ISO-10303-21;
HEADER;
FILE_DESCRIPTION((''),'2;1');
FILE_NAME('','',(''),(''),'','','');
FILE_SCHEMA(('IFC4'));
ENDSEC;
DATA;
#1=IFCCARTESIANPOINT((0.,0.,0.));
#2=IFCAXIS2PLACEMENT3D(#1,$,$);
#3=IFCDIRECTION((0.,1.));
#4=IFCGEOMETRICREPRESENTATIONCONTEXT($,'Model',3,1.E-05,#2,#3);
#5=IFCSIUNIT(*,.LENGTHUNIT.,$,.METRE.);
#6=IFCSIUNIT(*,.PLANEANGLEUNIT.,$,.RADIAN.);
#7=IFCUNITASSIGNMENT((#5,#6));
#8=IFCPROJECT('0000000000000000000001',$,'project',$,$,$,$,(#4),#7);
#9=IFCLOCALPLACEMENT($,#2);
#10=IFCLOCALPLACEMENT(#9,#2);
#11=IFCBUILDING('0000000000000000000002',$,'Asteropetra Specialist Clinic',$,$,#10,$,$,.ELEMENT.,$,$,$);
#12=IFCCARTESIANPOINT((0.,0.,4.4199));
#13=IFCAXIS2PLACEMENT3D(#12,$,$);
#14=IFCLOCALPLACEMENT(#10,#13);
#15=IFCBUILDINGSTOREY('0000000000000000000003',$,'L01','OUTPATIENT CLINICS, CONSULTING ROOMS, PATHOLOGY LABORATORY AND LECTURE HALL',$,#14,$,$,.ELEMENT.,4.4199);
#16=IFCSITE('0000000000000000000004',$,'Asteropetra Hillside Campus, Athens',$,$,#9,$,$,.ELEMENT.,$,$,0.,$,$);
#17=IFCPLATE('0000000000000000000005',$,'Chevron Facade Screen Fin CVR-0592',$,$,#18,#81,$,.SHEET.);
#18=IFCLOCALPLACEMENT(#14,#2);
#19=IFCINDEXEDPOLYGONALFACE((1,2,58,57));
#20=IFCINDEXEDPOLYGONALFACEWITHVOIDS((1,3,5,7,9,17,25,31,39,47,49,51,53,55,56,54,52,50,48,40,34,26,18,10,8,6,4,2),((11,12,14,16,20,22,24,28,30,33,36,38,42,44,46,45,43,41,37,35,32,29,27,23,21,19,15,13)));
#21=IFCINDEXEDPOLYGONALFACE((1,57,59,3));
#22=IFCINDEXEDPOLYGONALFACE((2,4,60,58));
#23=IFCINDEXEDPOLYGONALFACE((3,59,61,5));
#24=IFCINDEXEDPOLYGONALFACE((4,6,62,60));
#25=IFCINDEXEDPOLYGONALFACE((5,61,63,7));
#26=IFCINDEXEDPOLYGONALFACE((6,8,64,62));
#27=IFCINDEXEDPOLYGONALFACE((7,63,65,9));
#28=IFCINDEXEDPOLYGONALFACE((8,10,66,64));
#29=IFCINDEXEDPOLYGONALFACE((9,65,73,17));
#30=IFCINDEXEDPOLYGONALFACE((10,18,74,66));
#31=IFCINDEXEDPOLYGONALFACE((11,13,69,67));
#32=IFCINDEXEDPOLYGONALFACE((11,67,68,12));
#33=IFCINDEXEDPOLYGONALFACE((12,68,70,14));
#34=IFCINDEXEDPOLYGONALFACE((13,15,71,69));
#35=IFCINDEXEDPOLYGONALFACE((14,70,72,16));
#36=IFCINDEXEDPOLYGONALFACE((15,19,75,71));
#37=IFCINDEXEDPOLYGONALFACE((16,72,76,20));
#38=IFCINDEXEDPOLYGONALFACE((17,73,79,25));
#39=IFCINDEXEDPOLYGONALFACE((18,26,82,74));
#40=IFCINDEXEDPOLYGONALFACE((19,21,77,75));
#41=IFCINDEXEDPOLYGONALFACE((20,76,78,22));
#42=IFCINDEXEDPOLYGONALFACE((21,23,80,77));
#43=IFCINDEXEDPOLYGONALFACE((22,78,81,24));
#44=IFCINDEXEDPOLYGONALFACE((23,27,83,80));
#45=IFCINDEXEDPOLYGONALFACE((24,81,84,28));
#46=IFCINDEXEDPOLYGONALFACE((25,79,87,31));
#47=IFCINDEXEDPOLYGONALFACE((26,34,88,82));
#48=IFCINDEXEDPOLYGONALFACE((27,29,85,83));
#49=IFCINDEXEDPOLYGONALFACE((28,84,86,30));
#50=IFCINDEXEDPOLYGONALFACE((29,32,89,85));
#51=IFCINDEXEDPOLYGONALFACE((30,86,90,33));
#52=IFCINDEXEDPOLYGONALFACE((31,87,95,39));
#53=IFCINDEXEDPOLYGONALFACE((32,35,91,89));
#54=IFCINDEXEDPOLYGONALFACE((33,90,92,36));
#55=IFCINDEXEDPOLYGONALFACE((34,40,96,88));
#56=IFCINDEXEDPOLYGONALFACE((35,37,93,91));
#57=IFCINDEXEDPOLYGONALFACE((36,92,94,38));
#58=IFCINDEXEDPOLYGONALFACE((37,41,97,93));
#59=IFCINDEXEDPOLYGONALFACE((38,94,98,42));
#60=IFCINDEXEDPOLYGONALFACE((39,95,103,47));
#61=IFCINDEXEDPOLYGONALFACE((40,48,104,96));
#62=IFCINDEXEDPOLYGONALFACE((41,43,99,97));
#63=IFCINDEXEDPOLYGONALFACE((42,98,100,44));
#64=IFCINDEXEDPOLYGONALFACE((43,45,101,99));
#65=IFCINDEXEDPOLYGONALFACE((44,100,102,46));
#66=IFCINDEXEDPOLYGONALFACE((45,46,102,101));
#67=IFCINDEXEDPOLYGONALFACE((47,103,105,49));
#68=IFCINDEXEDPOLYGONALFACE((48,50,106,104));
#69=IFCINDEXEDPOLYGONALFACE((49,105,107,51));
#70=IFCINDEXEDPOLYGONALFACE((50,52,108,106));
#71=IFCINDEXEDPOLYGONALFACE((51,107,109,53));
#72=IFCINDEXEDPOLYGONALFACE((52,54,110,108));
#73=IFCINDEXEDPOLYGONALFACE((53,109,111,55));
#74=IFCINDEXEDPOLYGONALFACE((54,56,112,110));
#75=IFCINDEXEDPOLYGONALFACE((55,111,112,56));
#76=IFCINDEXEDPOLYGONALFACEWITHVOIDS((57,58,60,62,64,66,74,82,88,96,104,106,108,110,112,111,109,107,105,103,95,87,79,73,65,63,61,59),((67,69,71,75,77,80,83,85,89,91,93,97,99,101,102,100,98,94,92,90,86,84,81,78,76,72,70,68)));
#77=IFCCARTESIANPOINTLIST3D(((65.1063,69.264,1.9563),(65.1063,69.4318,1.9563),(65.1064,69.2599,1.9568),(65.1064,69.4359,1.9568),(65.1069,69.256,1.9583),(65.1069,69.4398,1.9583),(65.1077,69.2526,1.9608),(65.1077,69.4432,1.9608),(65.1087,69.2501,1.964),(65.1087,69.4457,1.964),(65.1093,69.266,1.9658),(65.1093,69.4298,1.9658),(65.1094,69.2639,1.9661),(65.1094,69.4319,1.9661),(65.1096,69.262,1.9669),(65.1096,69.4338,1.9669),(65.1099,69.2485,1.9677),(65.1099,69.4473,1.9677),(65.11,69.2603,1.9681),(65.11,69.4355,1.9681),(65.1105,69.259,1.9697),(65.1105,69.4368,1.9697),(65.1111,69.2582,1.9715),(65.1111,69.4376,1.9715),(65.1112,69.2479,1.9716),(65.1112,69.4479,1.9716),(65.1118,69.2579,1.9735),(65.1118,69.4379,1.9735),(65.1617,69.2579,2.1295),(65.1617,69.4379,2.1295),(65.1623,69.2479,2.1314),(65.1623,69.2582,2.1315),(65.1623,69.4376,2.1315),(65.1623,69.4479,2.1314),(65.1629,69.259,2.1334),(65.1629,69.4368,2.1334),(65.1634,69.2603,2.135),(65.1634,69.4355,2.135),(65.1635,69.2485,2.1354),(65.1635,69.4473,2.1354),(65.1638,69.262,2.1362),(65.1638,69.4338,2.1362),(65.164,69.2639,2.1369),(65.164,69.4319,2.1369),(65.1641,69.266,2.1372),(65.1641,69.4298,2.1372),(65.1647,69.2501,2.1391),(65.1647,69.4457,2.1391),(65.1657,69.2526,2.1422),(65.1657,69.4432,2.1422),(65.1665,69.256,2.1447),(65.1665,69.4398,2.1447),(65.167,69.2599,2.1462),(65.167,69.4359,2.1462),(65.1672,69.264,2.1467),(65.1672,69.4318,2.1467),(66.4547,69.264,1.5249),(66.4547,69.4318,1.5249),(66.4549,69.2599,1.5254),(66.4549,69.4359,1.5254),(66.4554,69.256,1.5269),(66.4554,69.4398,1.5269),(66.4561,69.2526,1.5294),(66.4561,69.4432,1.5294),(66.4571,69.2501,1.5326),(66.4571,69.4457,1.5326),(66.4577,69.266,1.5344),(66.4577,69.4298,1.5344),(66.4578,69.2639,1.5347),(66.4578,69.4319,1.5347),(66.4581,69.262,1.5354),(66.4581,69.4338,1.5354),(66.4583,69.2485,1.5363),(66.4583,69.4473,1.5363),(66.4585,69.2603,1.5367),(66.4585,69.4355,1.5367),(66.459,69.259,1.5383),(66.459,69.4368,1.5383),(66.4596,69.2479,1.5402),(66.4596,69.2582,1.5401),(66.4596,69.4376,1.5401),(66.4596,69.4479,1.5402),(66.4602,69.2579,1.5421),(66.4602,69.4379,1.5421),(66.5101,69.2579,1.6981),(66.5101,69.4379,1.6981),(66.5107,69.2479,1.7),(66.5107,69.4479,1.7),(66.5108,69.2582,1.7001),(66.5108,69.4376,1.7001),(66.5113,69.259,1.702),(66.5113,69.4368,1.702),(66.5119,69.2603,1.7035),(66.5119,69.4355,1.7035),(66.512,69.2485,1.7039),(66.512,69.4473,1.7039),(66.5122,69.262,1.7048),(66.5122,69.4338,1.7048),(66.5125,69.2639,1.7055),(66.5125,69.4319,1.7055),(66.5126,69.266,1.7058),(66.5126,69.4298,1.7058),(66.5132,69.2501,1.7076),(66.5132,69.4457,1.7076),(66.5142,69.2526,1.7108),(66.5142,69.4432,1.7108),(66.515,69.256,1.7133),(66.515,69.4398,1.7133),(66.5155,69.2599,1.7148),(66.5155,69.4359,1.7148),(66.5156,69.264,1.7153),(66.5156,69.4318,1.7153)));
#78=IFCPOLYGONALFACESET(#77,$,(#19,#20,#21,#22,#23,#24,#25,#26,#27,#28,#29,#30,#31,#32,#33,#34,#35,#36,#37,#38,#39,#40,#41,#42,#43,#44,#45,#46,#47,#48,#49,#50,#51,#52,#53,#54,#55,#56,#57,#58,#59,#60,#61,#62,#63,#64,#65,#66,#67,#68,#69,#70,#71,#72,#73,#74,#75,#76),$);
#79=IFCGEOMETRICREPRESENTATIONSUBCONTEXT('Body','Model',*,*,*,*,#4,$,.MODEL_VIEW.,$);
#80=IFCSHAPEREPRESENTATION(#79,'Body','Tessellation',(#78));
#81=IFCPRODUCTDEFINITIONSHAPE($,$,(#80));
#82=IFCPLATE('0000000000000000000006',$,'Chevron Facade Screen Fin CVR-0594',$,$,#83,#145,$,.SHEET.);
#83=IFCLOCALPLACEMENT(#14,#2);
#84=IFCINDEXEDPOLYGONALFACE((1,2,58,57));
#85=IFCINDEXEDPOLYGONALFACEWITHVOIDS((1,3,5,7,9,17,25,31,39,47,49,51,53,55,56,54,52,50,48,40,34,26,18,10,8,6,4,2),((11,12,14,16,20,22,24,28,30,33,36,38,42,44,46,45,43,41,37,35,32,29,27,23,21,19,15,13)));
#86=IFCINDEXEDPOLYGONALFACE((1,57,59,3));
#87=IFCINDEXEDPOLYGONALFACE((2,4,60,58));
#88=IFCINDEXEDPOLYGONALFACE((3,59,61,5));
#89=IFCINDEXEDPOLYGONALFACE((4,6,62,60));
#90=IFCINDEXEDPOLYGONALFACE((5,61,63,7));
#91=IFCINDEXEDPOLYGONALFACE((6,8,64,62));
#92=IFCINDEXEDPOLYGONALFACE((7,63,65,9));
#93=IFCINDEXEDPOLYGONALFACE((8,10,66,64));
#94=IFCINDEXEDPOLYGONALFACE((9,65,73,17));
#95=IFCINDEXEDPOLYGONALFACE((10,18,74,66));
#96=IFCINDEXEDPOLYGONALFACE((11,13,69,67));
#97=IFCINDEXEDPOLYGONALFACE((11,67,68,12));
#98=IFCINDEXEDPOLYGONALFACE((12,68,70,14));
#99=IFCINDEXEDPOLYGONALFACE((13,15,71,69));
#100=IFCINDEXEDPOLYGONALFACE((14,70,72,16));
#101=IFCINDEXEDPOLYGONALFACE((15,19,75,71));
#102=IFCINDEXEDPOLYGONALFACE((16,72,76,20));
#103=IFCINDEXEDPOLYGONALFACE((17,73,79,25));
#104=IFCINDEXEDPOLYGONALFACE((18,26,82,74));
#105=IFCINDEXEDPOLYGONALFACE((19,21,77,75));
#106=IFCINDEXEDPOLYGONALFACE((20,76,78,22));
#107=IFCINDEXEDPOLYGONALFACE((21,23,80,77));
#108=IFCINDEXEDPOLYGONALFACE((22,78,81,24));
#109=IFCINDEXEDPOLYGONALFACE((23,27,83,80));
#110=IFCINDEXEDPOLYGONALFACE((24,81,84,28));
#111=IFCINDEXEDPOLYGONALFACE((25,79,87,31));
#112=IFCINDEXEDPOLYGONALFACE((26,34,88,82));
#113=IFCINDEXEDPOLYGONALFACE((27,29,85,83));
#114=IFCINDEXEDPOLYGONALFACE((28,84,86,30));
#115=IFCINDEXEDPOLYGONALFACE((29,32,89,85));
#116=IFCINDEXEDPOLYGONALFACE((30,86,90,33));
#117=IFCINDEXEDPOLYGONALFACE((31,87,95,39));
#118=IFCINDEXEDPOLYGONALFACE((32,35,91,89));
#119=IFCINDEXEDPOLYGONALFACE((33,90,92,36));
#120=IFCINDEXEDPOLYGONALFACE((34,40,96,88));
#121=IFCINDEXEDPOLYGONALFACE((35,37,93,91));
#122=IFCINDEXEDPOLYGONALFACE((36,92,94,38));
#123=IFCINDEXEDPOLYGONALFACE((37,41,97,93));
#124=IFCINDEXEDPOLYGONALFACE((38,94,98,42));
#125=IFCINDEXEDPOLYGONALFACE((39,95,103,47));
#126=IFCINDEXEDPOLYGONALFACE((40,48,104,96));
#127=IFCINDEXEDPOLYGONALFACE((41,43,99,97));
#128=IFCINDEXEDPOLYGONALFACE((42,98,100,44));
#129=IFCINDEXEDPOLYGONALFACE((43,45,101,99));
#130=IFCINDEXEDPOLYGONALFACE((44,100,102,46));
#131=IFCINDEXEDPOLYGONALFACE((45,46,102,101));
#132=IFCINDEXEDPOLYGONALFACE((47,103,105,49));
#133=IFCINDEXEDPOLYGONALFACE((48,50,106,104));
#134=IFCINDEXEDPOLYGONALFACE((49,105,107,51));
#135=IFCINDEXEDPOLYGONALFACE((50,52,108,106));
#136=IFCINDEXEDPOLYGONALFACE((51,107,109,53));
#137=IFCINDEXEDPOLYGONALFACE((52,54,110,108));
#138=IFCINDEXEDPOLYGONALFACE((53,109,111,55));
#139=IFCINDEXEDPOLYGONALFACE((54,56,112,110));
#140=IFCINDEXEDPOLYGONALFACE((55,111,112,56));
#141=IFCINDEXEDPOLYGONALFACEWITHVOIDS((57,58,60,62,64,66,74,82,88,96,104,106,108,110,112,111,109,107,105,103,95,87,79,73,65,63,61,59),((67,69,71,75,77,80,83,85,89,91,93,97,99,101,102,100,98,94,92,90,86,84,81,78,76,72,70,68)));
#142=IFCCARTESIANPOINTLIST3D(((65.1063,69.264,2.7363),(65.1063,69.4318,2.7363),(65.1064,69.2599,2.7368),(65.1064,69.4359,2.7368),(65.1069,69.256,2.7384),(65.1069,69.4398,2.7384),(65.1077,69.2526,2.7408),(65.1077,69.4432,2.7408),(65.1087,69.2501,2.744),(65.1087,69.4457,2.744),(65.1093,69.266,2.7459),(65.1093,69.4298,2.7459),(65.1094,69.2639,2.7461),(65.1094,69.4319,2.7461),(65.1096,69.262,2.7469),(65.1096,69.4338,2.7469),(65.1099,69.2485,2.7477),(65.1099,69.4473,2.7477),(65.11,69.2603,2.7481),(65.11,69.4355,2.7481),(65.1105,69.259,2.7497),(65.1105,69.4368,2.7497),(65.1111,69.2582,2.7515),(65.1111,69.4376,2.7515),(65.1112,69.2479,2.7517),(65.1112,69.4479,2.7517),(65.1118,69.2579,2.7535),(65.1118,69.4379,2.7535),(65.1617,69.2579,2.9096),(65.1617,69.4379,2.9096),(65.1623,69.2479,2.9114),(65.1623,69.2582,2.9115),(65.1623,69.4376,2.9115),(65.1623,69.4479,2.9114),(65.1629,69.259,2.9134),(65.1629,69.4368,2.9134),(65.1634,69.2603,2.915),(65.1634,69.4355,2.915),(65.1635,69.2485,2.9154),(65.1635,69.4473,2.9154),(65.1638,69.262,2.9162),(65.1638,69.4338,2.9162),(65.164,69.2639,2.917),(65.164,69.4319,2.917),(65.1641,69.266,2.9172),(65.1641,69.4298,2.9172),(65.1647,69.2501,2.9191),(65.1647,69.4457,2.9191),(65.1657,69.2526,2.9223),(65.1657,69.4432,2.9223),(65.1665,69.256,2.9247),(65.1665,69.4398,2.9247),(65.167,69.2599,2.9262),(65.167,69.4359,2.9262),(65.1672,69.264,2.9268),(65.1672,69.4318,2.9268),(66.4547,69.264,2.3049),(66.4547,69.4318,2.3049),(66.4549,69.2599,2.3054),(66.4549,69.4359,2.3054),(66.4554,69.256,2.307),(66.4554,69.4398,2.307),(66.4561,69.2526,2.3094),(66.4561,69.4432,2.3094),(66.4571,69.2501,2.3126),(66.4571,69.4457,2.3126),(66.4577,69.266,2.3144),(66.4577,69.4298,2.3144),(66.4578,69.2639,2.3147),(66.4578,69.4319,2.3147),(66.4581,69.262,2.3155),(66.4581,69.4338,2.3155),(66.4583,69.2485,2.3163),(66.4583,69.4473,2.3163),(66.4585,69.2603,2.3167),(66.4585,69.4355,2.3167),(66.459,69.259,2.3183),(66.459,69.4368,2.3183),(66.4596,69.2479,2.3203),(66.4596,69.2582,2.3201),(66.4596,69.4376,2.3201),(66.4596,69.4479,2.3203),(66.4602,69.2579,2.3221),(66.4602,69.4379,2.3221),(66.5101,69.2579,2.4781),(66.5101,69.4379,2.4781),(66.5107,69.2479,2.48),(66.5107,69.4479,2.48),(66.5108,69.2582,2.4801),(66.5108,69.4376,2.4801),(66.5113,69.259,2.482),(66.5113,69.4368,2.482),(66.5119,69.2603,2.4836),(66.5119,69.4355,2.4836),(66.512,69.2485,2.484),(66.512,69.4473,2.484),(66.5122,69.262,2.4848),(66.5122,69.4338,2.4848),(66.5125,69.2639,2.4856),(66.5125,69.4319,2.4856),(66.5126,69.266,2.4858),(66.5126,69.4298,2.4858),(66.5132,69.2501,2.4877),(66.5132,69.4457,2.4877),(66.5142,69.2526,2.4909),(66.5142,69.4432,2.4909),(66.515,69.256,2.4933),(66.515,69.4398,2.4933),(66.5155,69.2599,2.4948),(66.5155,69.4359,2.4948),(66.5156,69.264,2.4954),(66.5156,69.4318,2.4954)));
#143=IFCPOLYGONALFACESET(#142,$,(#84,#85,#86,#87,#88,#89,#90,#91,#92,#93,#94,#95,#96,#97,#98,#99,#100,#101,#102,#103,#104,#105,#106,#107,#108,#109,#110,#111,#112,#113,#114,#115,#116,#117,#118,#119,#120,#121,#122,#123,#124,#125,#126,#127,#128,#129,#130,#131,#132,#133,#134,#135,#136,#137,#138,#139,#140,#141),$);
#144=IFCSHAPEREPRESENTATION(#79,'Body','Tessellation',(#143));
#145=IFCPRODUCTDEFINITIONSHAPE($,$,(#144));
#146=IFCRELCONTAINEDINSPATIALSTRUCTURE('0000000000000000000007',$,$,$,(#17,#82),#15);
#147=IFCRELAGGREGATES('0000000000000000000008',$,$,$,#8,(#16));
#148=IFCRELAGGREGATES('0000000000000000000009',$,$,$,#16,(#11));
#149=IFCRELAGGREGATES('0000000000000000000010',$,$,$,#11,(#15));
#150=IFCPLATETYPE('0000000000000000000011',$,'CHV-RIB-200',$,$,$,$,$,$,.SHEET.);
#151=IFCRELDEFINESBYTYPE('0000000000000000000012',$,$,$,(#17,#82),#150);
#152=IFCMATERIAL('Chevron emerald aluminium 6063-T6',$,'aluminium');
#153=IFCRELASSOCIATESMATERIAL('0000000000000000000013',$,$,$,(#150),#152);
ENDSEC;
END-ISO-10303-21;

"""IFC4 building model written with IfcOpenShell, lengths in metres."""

from ifc_helpers import new_model, si_unit, direction, frame, origin, origin_2d, place, context, subcontext, project, spatial, hollow_rectangle, extrude, material, material_profile, profile_set, type_object, element, save


model = new_model("IFC4")

# Units and contexts
model_context = context("Model", 3, precision=1e-05, world=origin(), true_north=direction((0.0, 1.0)))
body_context = subcontext(model_context, "Body", "Model", "MODEL_VIEW")
ifc_project = project(units=[si_unit("LENGTHUNIT", "METRE"), si_unit("PLANEANGLEUNIT", "RADIAN")], contexts=[model_context])

# Site, building, storey
site_placement = place(None, origin())
site = spatial("IfcSite", under=ifc_project, at=site_placement, Name="Asteropetra Hillside Campus, Athens", CompositionType="ELEMENT", RefElevation=0.0)
building_placement = place(site_placement, origin())
building = spatial("IfcBuilding", under=site, at=building_placement, Name="Asteropetra Specialist Clinic", CompositionType="ELEMENT")
storey_placement = place(building_placement, frame((0.0, 0.0, 4.4199)))
storey = spatial("IfcBuildingStorey", under=building, at=storey_placement, Name="L01", Description="OUTPATIENT CLINICS, CONSULTING ROOMS, PATHOLOGY LABORATORY AND LECTURE HALL", CompositionType="ELEMENT", Elevation=4.4199)

# Plates
ifc_material_1 = material(Name="Chevron emerald aluminium 6063-T6", Category="aluminium")
ifc_material_profile_1 = material_profile(ifc_material_1, hollow_rectangle(XDim=0.2, YDim=0.2, WallThickness=0.01, InnerFilletRadius=0.0081, OuterFilletRadius=0.0161, at=origin_2d()), Name="SHS 200x200x10.0")
ifc_profile_set_1 = profile_set([ifc_material_profile_1], Name="Chevron emerald aluminium 6063-T6")
plate_type_1 = type_object("IfcPlateType", Name="CHV-RIB-200", PredefinedType="SHEET", material=ifc_profile_set_1)
for number, where, z_axis, x_axis, name in (
    (1, (65.1367, 69.3479, 2.0515), (0.952442, 0.0, -0.304719), (0.0, 1.0, 0.0), "Chevron Facade Screen Fin CVR-0592"),
    (2, (65.1367, 69.3479, 2.8315), (0.952442, 0.0, -0.304719), (0.0, 1.0, 0.0), "Chevron Facade Screen Fin CVR-0594"),
):
    element("IfcPlate", number, at=place(storey_placement, frame(where, z_axis=z_axis, x_axis=x_axis)), inside=storey, type_object=plate_type_1, Name=name, PredefinedType="SHEET", context=body_context, shape_type="SweptSolid", body=[
        extrude(hollow_rectangle(XDim=0.2, YDim=0.2, WallThickness=0.01, InnerFilletRadius=0.0081, OuterFilletRadius=0.0161, at=origin_2d()), origin(), (0.0, 0.0, 1.0), 1.4158),
    ])

save(model, "model.ifc")
